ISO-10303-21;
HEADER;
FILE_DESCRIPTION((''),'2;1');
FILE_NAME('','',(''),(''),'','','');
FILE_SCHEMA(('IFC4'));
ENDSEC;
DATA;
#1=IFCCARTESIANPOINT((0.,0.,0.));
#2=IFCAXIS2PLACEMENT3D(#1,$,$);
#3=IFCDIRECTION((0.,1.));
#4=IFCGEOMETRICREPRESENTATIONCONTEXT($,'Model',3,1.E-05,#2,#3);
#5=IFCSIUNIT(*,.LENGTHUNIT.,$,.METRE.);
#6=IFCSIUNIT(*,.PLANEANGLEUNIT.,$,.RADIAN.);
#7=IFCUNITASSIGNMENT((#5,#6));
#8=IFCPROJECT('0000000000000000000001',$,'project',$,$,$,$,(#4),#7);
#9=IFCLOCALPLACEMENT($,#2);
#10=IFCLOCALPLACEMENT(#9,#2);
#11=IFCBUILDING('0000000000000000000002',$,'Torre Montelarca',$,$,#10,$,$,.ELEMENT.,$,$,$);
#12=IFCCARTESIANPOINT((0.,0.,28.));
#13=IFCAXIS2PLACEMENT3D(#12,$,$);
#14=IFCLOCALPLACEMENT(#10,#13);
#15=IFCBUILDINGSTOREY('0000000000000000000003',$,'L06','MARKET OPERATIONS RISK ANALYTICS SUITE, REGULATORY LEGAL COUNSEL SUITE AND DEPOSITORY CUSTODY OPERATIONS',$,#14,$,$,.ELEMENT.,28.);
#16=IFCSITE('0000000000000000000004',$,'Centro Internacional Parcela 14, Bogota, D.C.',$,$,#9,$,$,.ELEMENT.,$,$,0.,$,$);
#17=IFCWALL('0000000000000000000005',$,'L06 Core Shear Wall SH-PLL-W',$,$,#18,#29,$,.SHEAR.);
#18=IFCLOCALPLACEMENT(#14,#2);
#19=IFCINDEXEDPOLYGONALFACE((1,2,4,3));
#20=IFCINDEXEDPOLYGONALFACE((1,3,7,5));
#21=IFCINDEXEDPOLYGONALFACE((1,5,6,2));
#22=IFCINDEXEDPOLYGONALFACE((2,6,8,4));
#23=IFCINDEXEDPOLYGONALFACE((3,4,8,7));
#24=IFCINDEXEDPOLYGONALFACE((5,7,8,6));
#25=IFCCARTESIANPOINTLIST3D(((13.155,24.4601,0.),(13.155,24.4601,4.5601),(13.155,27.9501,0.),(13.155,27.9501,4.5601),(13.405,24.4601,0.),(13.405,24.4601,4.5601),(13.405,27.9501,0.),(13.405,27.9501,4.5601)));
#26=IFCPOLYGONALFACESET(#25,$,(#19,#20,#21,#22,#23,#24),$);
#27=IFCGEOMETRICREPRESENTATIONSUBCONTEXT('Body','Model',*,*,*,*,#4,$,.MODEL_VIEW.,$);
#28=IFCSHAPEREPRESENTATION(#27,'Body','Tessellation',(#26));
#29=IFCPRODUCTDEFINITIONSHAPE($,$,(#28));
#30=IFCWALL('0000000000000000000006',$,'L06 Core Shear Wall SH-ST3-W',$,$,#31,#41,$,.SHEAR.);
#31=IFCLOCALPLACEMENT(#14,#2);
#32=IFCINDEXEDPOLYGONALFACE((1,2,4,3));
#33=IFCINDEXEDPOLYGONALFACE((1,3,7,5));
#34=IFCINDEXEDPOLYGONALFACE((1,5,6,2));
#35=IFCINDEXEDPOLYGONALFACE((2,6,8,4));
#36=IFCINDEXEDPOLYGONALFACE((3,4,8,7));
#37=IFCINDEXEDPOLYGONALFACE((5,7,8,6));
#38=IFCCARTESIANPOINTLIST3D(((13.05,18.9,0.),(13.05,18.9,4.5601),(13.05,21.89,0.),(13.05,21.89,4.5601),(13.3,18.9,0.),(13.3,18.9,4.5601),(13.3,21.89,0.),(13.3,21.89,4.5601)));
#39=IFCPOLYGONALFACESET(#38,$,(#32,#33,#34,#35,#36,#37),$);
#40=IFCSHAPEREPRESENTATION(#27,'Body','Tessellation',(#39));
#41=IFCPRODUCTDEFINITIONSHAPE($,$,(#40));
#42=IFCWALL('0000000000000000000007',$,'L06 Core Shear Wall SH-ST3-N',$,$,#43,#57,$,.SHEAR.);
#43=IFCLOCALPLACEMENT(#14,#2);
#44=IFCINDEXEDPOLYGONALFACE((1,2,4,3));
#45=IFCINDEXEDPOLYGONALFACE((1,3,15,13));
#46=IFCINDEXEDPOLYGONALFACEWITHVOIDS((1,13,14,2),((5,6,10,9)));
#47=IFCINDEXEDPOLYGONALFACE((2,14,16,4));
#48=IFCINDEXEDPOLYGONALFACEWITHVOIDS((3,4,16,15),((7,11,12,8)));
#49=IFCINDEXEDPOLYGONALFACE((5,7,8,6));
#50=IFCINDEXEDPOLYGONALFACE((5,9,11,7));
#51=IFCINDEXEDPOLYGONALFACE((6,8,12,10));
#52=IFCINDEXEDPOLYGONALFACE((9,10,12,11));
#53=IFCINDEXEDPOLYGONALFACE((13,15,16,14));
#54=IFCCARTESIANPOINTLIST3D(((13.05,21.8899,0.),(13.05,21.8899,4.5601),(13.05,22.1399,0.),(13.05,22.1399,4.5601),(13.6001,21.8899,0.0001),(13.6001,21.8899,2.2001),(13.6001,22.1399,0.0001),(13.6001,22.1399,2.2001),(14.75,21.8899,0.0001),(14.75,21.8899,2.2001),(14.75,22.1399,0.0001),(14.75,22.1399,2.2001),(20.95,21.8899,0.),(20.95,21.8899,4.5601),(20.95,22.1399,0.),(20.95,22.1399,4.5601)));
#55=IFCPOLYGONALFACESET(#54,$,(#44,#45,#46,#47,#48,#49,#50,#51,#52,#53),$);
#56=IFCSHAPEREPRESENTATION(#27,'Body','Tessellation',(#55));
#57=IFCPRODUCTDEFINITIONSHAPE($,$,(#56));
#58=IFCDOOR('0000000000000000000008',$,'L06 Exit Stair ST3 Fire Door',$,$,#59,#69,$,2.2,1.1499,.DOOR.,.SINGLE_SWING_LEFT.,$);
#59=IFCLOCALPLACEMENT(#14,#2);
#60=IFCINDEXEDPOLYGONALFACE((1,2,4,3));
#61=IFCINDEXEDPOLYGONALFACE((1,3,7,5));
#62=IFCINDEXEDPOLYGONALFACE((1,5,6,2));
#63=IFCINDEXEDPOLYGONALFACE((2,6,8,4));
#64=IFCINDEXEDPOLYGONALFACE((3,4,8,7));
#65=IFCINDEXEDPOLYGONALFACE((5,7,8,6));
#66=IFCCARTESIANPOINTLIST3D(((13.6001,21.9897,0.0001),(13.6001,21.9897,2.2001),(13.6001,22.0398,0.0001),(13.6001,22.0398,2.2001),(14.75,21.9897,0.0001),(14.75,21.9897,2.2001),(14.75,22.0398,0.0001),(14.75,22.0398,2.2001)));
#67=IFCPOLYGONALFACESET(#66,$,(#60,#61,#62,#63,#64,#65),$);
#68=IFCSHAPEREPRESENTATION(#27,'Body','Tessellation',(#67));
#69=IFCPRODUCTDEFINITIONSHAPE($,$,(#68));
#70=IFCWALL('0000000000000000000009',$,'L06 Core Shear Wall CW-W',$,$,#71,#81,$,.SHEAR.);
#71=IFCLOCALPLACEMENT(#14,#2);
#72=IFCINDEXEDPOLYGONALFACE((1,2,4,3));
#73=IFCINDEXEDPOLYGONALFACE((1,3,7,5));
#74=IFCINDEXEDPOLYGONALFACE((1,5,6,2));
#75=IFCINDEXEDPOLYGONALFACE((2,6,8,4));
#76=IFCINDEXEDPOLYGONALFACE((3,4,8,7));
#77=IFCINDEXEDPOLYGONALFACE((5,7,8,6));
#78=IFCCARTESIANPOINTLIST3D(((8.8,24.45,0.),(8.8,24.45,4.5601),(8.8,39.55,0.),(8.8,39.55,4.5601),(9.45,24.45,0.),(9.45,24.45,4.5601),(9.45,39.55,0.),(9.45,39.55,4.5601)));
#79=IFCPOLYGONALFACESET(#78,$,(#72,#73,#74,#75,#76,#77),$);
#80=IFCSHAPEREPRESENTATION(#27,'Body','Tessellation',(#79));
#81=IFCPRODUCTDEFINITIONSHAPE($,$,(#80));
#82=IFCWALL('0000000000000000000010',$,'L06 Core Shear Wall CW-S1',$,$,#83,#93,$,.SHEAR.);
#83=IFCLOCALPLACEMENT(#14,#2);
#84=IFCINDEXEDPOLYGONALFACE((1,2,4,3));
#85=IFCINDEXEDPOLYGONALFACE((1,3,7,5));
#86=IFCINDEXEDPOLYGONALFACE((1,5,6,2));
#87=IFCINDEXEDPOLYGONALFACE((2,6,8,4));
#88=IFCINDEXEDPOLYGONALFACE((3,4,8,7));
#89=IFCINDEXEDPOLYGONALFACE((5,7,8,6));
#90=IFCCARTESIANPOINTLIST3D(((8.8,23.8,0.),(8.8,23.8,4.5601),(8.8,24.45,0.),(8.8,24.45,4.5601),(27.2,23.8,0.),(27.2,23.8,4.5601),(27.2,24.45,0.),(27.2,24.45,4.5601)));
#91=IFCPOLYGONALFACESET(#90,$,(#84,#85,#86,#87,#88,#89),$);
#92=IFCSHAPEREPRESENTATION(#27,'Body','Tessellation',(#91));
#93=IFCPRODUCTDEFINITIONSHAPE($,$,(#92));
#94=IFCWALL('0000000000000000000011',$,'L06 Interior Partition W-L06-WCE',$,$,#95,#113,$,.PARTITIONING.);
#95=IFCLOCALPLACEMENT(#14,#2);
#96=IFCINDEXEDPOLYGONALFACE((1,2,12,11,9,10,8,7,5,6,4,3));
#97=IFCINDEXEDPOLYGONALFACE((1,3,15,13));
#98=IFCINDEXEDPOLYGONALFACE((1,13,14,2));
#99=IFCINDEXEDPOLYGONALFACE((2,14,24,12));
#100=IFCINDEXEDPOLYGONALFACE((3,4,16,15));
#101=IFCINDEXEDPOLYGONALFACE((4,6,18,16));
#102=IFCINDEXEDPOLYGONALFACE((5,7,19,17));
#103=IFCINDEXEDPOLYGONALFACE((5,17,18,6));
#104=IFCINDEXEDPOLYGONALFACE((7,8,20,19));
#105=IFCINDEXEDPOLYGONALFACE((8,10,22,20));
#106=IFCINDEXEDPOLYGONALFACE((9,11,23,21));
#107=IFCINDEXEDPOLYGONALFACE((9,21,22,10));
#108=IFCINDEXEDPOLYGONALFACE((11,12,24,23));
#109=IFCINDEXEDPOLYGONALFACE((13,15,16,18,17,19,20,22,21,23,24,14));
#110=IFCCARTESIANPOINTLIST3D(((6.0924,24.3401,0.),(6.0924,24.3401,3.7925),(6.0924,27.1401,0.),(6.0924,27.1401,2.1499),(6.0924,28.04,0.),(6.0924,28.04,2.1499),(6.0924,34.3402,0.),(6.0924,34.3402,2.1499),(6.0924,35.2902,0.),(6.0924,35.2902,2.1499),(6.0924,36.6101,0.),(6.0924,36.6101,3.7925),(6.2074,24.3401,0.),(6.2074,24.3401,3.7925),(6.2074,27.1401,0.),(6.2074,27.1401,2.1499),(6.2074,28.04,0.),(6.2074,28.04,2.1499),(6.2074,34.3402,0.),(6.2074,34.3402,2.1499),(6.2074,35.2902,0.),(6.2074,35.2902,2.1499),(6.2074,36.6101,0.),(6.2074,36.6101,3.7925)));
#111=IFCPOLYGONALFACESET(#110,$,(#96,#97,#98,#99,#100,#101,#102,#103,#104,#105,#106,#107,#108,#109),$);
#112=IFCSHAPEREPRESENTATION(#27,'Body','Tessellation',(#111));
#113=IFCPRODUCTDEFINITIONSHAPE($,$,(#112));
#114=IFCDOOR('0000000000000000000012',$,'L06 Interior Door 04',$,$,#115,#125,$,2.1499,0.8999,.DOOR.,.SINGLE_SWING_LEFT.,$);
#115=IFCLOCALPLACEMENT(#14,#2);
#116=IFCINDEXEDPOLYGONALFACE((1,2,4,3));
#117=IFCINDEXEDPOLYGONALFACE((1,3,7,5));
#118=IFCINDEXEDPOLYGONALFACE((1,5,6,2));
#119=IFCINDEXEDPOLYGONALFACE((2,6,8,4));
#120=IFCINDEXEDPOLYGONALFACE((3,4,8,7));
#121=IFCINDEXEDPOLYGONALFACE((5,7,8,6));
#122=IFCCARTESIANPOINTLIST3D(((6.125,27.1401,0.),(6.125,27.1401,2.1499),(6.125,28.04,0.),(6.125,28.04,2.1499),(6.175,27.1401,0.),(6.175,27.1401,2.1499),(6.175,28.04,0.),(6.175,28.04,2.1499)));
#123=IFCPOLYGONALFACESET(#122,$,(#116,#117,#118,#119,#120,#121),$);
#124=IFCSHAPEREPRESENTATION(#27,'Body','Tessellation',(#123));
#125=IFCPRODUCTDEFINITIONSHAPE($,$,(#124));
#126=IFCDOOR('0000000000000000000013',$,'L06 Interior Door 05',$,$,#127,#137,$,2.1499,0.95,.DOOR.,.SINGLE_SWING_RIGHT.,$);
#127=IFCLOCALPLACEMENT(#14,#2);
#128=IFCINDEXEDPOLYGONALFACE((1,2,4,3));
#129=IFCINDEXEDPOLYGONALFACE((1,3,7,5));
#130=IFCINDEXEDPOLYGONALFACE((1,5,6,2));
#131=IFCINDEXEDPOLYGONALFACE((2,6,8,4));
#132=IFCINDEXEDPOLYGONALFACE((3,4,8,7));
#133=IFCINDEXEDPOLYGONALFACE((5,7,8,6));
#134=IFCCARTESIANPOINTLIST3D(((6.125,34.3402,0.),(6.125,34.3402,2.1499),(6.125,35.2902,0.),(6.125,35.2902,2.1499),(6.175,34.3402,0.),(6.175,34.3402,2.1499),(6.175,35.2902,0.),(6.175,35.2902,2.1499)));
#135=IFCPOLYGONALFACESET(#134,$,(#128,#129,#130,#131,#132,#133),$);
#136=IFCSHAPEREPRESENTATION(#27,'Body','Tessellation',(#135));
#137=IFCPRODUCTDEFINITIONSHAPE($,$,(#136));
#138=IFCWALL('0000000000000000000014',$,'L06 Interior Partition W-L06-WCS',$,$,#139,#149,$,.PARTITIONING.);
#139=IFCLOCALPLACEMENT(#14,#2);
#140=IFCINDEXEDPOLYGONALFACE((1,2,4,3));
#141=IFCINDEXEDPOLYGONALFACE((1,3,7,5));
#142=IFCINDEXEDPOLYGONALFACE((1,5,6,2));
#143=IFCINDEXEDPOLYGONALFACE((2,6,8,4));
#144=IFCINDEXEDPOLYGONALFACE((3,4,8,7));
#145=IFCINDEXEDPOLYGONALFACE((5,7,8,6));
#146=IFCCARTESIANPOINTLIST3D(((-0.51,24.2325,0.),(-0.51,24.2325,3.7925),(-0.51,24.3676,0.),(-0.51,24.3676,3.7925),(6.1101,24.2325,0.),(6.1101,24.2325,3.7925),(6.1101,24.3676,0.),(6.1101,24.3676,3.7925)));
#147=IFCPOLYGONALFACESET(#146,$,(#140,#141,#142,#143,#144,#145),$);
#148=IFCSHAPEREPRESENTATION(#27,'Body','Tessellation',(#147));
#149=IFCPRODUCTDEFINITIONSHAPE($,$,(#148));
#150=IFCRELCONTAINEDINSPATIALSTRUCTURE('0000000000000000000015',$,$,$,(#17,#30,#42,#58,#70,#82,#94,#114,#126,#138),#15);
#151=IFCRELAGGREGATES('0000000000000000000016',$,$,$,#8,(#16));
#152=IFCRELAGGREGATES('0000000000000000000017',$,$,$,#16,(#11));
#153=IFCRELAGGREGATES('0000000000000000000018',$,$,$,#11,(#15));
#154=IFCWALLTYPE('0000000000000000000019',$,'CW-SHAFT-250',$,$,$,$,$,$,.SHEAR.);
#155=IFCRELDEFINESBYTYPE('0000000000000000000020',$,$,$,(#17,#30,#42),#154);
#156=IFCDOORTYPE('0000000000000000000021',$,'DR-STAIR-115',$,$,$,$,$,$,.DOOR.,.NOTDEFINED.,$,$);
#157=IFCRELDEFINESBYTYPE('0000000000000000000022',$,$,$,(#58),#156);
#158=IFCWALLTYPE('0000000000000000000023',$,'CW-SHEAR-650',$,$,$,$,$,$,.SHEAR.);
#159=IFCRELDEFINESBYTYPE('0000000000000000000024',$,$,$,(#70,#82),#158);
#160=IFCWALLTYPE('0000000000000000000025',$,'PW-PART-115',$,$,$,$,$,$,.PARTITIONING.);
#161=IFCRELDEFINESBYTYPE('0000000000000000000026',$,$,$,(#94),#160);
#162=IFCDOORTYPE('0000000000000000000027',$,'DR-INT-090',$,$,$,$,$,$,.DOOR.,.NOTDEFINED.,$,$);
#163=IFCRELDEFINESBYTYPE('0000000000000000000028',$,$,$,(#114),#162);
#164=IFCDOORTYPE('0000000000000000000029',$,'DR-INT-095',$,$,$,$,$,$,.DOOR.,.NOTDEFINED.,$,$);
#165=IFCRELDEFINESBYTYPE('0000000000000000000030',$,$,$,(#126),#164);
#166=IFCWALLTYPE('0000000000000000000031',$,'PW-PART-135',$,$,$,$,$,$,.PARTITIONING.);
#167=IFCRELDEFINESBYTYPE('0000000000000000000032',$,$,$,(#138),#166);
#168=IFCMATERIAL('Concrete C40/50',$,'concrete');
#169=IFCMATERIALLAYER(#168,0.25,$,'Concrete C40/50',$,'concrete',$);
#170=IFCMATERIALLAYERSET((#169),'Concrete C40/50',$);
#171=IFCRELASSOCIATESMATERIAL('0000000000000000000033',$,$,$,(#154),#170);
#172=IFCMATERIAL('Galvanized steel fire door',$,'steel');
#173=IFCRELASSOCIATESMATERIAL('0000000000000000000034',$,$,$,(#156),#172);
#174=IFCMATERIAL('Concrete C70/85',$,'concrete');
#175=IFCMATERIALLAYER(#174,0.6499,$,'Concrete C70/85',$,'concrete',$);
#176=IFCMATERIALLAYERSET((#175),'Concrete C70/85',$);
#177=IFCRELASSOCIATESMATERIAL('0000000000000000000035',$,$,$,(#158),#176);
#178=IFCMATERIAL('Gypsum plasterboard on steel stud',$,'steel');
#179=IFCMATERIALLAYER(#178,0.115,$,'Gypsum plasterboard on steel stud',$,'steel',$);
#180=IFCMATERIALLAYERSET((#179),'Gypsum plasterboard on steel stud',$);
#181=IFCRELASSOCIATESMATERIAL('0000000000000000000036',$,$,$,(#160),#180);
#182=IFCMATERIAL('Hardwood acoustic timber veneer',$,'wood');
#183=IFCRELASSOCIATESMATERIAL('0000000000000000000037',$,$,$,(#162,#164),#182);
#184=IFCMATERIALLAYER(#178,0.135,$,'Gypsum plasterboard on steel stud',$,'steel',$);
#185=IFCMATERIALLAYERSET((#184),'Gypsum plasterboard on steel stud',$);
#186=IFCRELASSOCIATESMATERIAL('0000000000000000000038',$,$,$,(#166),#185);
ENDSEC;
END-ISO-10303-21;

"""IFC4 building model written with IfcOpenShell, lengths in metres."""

from ifc_helpers import new_model, si_unit, direction, frame, frame_2d, origin, place, context, subcontext, project, spatial, rectangle, extrude, source, transform, mapped, material, layer, layer_set, type_object, element, fill, save


model = new_model("IFC4")

# Units and contexts
model_context = context("Model", 3, precision=1e-05, world=origin(), true_north=direction((0.0, 1.0)))
body_context = subcontext(model_context, "Body", "Model", "MODEL_VIEW")
ifc_project = project(units=[si_unit("LENGTHUNIT", "METRE"), si_unit("PLANEANGLEUNIT", "RADIAN")], contexts=[model_context])

# Site, building, storey
site_placement = place(None, origin())
site = spatial("IfcSite", under=ifc_project, at=site_placement, Name="Centro Internacional Parcela 14, Bogota, D.C.", CompositionType="ELEMENT", RefElevation=0.0)
building_placement = place(site_placement, origin())
building = spatial("IfcBuilding", under=site, at=building_placement, Name="Torre Montelarca", CompositionType="ELEMENT")
storey_placement = place(building_placement, frame((0.0, 0.0, 28.0)))
storey = spatial("IfcBuildingStorey", under=building, at=storey_placement, Name="L06", Description="MARKET OPERATIONS RISK ANALYTICS SUITE, REGULATORY LEGAL COUNSEL SUITE AND DEPOSITORY CUSTODY OPERATIONS", CompositionType="ELEMENT", Elevation=28.0)

# Shared definitions
ifc_material_1 = material(Name="Concrete C70/85", Category="concrete")

# Shared definitions
ifc_material_2 = material(Name="Concrete C40/50", Category="concrete")
ifc_layer_1 = layer(ifc_material_2, 0.25, Name="Concrete C40/50", Category="concrete")
ifc_layer_set_1 = layer_set([ifc_layer_1], Name="Concrete C40/50")
wall_type_1 = type_object("IfcWallType", Name="CW-SHAFT-250", PredefinedType="SHEAR", material=ifc_layer_set_1)
ifc_material_3 = material(Name="Galvanized steel fire door", Category="steel")
door_type_1 = type_object("IfcDoorType", Name="DR-STAIR-115", OperationType="NOTDEFINED", PredefinedType="DOOR", material=ifc_material_3)
shared_shape_1 = source(origin(), body_context, "Body", "SweptSolid", [
    extrude(rectangle(XDim=1.1499, YDim=2.2, at=frame_2d((0.575, 1.1001))), frame((0.0, 0.0249, 0.0), z_axis=(0.0, -1.0, 0.0), x_axis=(1.0, 0.0, 0.0)), (0.0, 0.0, 1.0), 0.05),
])

# Walls
wall_1_placement = place(storey_placement, frame((13.28, 24.46, 0.0), z_axis=(0.0, 0.0, 1.0), x_axis=(0.0, 1.0, 0.0)))
element("IfcWall", 1, at=wall_1_placement, inside=storey, type_object=wall_type_1, Name="L06 Core Shear Wall SH-PLL-W", PredefinedType="SHEAR", context=body_context, shape_type="SweptSolid", body=[
    extrude(rectangle(XDim=3.49, YDim=0.25, at=frame_2d((1.7451, 0.0))), origin(), (0.0, 0.0, 1.0), 4.5601),
])
wall_2_placement = place(storey_placement, frame((13.175, 18.8999, 0.0), z_axis=(0.0, 0.0, 1.0), x_axis=(0.0, 1.0, 0.0)))
element("IfcWall", 2, at=wall_2_placement, inside=storey, type_object=wall_type_1, Name="L06 Core Shear Wall SH-ST3-W", PredefinedType="SHEAR", context=body_context, shape_type="SweptSolid", body=[
    extrude(rectangle(XDim=2.99, YDim=0.25, at=frame_2d((1.4951, 0.0))), origin(), (0.0, 0.0, 1.0), 4.5601),
])

# Wall, opening, door
wall_3_placement = place(storey_placement, frame((13.05, 22.0149, 0.0), z_axis=(0.0, 0.0, 1.0), x_axis=(1.0, 0.0, 0.0)))
wall_3 = element("IfcWall", 3, at=wall_3_placement, inside=storey, type_object=wall_type_1, Name="L06 Core Shear Wall SH-ST3-N", PredefinedType="SHEAR", context=body_context, shape_type="SweptSolid", body=[
    extrude(rectangle(XDim=7.8999, YDim=0.25, at=frame_2d((3.95, 0.0))), origin(), (0.0, 0.0, 1.0), 4.5601),
])
opening_1_placement = place(wall_3_placement, frame((0.55, 0.0, 0.0)))
opening_1 = element("IfcOpeningElement", 4, at=opening_1_placement, cuts=wall_3, PredefinedType="OPENING", context=body_context, shape_type="SweptSolid", body=[
    extrude(rectangle(XDim=1.1499, YDim=2.2, at=frame_2d((0.575, 1.1001))), frame((0.0, 0.135, 0.0), z_axis=(0.0, -1.0, 0.0), x_axis=(1.0, 0.0, 0.0)), (0.0, 0.0, 1.0), 0.27),
])
door_1_placement = place(opening_1_placement, origin())
door_1 = element("IfcDoor", 5, at=door_1_placement, inside=storey, type_object=door_type_1, Name="L06 Exit Stair ST3 Fire Door", OperationType="SINGLE_SWING_LEFT", OverallHeight=2.2, OverallWidth=1.1499, PredefinedType="DOOR", context=body_context, shape_type="MappedRepresentation", body=[
    mapped(shared_shape_1, transform((0.0, 0.0, 0.0), scale=1.0)),
])
fill(opening_1, door_1)

# Walls
ifc_layer_2 = layer(ifc_material_1, 0.6499, Name="Concrete C70/85", Category="concrete")
ifc_layer_set_2 = layer_set([ifc_layer_2], Name="Concrete C70/85")
wall_type_2 = type_object("IfcWallType", Name="CW-SHEAR-650", PredefinedType="SHEAR", material=ifc_layer_set_2)
wall_4_placement = place(storey_placement, frame((9.125, 24.45, 0.0), z_axis=(0.0, 0.0, 1.0), x_axis=(0.0, 1.0, 0.0)))
element("IfcWall", 6, at=wall_4_placement, inside=storey, type_object=wall_type_2, Name="L06 Core Shear Wall CW-W", PredefinedType="SHEAR", context=body_context, shape_type="SweptSolid", body=[
    extrude(rectangle(XDim=15.1001, YDim=0.6499, at=frame_2d((7.55, 0.0))), origin(), (0.0, 0.0, 1.0), 4.5601),
])
wall_5_placement = place(storey_placement, frame((8.8, 24.125, 0.0), z_axis=(0.0, 0.0, 1.0), x_axis=(1.0, 0.0, 0.0)))
element("IfcWall", 7, at=wall_5_placement, inside=storey, type_object=wall_type_2, Name="L06 Core Shear Wall CW-S1", PredefinedType="SHEAR", context=body_context, shape_type="SweptSolid", body=[
    extrude(rectangle(XDim=18.3999, YDim=0.6499, at=frame_2d((9.2, 0.0))), origin(), (0.0, 0.0, 1.0), 4.5601),
])

# Wall, openings, doors
ifc_material_4 = material(Name="Gypsum plasterboard on steel stud", Category="steel")
ifc_layer_3 = layer(ifc_material_4, 0.115, Name="Gypsum plasterboard on steel stud", Category="steel")
ifc_layer_set_3 = layer_set([ifc_layer_3], Name="Gypsum plasterboard on steel stud")
wall_type_3 = type_object("IfcWallType", Name="PW-PART-115", PredefinedType="PARTITIONING", material=ifc_layer_set_3)
wall_6_placement = place(storey_placement, frame((6.1499, 24.3401, 0.0), z_axis=(0.0, 0.0, 1.0), x_axis=(0.0, 1.0, 0.0)))
wall_6 = element("IfcWall", 8, at=wall_6_placement, inside=storey, type_object=wall_type_3, Name="L06 Interior Partition W-L06-WCE", PredefinedType="PARTITIONING", context=body_context, shape_type="SweptSolid", body=[
    extrude(rectangle(XDim=12.27, YDim=0.115, at=frame_2d((6.135, 0.0))), origin(), (0.0, 0.0, 1.0), 3.7925),
])
opening_2_placement = place(wall_6_placement, frame((2.8, 0.0, 0.0)))
opening_2 = element("IfcOpeningElement", 9, at=opening_2_placement, cuts=wall_6, PredefinedType="OPENING", context=body_context, shape_type="SweptSolid", body=[
    extrude(rectangle(XDim=0.8999, YDim=2.1499, at=frame_2d((0.45, 1.075))), frame((0.0, 0.0674, 0.0), z_axis=(0.0, -1.0, 0.0), x_axis=(1.0, 0.0, 0.0)), (0.0, 0.0, 1.0), 0.135),
])
opening_3_placement = place(wall_6_placement, frame((10.0, 0.0, 0.0)))
opening_3 = element("IfcOpeningElement", 10, at=opening_3_placement, cuts=wall_6, PredefinedType="OPENING", context=body_context, shape_type="SweptSolid", body=[
    extrude(rectangle(XDim=0.95, YDim=2.1499, at=frame_2d((0.4751, 1.075))), frame((0.0, 0.0674, 0.0), z_axis=(0.0, -1.0, 0.0), x_axis=(1.0, 0.0, 0.0)), (0.0, 0.0, 1.0), 0.135),
])
ifc_material_5 = material(Name="Hardwood acoustic timber veneer", Category="wood")
door_type_2 = type_object("IfcDoorType", Name="DR-INT-090", OperationType="NOTDEFINED", PredefinedType="DOOR", material=ifc_material_5)
shared_shape_2 = source(origin(), body_context, "Body", "SweptSolid", [
    extrude(rectangle(XDim=0.8999, YDim=2.1499, at=frame_2d((0.45, 1.075))), frame((0.0, 0.0249, 0.0), z_axis=(0.0, -1.0, 0.0), x_axis=(1.0, 0.0, 0.0)), (0.0, 0.0, 1.0), 0.05),
])
door_2_placement = place(opening_2_placement, origin())
door_2 = element("IfcDoor", 11, at=door_2_placement, inside=storey, type_object=door_type_2, Name="L06 Interior Door 04", OperationType="SINGLE_SWING_LEFT", OverallHeight=2.1499, OverallWidth=0.8999, PredefinedType="DOOR", context=body_context, shape_type="MappedRepresentation", body=[
    mapped(shared_shape_2, transform((0.0, 0.0, 0.0), scale=1.0)),
])
fill(opening_2, door_2)
door_type_3 = type_object("IfcDoorType", Name="DR-INT-095", OperationType="NOTDEFINED", PredefinedType="DOOR", material=ifc_material_5)
shared_shape_3 = source(origin(), body_context, "Body", "SweptSolid", [
    extrude(rectangle(XDim=0.95, YDim=2.1499, at=frame_2d((0.4751, 1.075))), frame((0.0, 0.0249, 0.0), z_axis=(0.0, -1.0, 0.0), x_axis=(1.0, 0.0, 0.0)), (0.0, 0.0, 1.0), 0.05),
])
door_3_placement = place(opening_3_placement, origin())
door_3 = element("IfcDoor", 12, at=door_3_placement, inside=storey, type_object=door_type_3, Name="L06 Interior Door 05", OperationType="SINGLE_SWING_RIGHT", OverallHeight=2.1499, OverallWidth=0.95, PredefinedType="DOOR", context=body_context, shape_type="MappedRepresentation", body=[
    mapped(shared_shape_3, transform((0.0, 0.0, 0.0), scale=1.0)),
])
fill(opening_3, door_3)

# Wall
ifc_layer_4 = layer(ifc_material_4, 0.135, Name="Gypsum plasterboard on steel stud", Category="steel")
ifc_layer_set_4 = layer_set([ifc_layer_4], Name="Gypsum plasterboard on steel stud")
wall_type_4 = type_object("IfcWallType", Name="PW-PART-135", PredefinedType="PARTITIONING", material=ifc_layer_set_4)
wall_7_placement = place(storey_placement, frame((-0.51, 24.3, 0.0), z_axis=(0.0, 0.0, 1.0), x_axis=(1.0, 0.0, 0.0)))
element("IfcWall", 13, at=wall_7_placement, inside=storey, type_object=wall_type_4, Name="L06 Interior Partition W-L06-WCS", PredefinedType="PARTITIONING", context=body_context, shape_type="SweptSolid", body=[
    extrude(rectangle(XDim=6.6201, YDim=0.135, at=frame_2d((3.3101, 0.0))), origin(), (0.0, 0.0, 1.0), 3.7925),
])

save(model, "model.ifc")
